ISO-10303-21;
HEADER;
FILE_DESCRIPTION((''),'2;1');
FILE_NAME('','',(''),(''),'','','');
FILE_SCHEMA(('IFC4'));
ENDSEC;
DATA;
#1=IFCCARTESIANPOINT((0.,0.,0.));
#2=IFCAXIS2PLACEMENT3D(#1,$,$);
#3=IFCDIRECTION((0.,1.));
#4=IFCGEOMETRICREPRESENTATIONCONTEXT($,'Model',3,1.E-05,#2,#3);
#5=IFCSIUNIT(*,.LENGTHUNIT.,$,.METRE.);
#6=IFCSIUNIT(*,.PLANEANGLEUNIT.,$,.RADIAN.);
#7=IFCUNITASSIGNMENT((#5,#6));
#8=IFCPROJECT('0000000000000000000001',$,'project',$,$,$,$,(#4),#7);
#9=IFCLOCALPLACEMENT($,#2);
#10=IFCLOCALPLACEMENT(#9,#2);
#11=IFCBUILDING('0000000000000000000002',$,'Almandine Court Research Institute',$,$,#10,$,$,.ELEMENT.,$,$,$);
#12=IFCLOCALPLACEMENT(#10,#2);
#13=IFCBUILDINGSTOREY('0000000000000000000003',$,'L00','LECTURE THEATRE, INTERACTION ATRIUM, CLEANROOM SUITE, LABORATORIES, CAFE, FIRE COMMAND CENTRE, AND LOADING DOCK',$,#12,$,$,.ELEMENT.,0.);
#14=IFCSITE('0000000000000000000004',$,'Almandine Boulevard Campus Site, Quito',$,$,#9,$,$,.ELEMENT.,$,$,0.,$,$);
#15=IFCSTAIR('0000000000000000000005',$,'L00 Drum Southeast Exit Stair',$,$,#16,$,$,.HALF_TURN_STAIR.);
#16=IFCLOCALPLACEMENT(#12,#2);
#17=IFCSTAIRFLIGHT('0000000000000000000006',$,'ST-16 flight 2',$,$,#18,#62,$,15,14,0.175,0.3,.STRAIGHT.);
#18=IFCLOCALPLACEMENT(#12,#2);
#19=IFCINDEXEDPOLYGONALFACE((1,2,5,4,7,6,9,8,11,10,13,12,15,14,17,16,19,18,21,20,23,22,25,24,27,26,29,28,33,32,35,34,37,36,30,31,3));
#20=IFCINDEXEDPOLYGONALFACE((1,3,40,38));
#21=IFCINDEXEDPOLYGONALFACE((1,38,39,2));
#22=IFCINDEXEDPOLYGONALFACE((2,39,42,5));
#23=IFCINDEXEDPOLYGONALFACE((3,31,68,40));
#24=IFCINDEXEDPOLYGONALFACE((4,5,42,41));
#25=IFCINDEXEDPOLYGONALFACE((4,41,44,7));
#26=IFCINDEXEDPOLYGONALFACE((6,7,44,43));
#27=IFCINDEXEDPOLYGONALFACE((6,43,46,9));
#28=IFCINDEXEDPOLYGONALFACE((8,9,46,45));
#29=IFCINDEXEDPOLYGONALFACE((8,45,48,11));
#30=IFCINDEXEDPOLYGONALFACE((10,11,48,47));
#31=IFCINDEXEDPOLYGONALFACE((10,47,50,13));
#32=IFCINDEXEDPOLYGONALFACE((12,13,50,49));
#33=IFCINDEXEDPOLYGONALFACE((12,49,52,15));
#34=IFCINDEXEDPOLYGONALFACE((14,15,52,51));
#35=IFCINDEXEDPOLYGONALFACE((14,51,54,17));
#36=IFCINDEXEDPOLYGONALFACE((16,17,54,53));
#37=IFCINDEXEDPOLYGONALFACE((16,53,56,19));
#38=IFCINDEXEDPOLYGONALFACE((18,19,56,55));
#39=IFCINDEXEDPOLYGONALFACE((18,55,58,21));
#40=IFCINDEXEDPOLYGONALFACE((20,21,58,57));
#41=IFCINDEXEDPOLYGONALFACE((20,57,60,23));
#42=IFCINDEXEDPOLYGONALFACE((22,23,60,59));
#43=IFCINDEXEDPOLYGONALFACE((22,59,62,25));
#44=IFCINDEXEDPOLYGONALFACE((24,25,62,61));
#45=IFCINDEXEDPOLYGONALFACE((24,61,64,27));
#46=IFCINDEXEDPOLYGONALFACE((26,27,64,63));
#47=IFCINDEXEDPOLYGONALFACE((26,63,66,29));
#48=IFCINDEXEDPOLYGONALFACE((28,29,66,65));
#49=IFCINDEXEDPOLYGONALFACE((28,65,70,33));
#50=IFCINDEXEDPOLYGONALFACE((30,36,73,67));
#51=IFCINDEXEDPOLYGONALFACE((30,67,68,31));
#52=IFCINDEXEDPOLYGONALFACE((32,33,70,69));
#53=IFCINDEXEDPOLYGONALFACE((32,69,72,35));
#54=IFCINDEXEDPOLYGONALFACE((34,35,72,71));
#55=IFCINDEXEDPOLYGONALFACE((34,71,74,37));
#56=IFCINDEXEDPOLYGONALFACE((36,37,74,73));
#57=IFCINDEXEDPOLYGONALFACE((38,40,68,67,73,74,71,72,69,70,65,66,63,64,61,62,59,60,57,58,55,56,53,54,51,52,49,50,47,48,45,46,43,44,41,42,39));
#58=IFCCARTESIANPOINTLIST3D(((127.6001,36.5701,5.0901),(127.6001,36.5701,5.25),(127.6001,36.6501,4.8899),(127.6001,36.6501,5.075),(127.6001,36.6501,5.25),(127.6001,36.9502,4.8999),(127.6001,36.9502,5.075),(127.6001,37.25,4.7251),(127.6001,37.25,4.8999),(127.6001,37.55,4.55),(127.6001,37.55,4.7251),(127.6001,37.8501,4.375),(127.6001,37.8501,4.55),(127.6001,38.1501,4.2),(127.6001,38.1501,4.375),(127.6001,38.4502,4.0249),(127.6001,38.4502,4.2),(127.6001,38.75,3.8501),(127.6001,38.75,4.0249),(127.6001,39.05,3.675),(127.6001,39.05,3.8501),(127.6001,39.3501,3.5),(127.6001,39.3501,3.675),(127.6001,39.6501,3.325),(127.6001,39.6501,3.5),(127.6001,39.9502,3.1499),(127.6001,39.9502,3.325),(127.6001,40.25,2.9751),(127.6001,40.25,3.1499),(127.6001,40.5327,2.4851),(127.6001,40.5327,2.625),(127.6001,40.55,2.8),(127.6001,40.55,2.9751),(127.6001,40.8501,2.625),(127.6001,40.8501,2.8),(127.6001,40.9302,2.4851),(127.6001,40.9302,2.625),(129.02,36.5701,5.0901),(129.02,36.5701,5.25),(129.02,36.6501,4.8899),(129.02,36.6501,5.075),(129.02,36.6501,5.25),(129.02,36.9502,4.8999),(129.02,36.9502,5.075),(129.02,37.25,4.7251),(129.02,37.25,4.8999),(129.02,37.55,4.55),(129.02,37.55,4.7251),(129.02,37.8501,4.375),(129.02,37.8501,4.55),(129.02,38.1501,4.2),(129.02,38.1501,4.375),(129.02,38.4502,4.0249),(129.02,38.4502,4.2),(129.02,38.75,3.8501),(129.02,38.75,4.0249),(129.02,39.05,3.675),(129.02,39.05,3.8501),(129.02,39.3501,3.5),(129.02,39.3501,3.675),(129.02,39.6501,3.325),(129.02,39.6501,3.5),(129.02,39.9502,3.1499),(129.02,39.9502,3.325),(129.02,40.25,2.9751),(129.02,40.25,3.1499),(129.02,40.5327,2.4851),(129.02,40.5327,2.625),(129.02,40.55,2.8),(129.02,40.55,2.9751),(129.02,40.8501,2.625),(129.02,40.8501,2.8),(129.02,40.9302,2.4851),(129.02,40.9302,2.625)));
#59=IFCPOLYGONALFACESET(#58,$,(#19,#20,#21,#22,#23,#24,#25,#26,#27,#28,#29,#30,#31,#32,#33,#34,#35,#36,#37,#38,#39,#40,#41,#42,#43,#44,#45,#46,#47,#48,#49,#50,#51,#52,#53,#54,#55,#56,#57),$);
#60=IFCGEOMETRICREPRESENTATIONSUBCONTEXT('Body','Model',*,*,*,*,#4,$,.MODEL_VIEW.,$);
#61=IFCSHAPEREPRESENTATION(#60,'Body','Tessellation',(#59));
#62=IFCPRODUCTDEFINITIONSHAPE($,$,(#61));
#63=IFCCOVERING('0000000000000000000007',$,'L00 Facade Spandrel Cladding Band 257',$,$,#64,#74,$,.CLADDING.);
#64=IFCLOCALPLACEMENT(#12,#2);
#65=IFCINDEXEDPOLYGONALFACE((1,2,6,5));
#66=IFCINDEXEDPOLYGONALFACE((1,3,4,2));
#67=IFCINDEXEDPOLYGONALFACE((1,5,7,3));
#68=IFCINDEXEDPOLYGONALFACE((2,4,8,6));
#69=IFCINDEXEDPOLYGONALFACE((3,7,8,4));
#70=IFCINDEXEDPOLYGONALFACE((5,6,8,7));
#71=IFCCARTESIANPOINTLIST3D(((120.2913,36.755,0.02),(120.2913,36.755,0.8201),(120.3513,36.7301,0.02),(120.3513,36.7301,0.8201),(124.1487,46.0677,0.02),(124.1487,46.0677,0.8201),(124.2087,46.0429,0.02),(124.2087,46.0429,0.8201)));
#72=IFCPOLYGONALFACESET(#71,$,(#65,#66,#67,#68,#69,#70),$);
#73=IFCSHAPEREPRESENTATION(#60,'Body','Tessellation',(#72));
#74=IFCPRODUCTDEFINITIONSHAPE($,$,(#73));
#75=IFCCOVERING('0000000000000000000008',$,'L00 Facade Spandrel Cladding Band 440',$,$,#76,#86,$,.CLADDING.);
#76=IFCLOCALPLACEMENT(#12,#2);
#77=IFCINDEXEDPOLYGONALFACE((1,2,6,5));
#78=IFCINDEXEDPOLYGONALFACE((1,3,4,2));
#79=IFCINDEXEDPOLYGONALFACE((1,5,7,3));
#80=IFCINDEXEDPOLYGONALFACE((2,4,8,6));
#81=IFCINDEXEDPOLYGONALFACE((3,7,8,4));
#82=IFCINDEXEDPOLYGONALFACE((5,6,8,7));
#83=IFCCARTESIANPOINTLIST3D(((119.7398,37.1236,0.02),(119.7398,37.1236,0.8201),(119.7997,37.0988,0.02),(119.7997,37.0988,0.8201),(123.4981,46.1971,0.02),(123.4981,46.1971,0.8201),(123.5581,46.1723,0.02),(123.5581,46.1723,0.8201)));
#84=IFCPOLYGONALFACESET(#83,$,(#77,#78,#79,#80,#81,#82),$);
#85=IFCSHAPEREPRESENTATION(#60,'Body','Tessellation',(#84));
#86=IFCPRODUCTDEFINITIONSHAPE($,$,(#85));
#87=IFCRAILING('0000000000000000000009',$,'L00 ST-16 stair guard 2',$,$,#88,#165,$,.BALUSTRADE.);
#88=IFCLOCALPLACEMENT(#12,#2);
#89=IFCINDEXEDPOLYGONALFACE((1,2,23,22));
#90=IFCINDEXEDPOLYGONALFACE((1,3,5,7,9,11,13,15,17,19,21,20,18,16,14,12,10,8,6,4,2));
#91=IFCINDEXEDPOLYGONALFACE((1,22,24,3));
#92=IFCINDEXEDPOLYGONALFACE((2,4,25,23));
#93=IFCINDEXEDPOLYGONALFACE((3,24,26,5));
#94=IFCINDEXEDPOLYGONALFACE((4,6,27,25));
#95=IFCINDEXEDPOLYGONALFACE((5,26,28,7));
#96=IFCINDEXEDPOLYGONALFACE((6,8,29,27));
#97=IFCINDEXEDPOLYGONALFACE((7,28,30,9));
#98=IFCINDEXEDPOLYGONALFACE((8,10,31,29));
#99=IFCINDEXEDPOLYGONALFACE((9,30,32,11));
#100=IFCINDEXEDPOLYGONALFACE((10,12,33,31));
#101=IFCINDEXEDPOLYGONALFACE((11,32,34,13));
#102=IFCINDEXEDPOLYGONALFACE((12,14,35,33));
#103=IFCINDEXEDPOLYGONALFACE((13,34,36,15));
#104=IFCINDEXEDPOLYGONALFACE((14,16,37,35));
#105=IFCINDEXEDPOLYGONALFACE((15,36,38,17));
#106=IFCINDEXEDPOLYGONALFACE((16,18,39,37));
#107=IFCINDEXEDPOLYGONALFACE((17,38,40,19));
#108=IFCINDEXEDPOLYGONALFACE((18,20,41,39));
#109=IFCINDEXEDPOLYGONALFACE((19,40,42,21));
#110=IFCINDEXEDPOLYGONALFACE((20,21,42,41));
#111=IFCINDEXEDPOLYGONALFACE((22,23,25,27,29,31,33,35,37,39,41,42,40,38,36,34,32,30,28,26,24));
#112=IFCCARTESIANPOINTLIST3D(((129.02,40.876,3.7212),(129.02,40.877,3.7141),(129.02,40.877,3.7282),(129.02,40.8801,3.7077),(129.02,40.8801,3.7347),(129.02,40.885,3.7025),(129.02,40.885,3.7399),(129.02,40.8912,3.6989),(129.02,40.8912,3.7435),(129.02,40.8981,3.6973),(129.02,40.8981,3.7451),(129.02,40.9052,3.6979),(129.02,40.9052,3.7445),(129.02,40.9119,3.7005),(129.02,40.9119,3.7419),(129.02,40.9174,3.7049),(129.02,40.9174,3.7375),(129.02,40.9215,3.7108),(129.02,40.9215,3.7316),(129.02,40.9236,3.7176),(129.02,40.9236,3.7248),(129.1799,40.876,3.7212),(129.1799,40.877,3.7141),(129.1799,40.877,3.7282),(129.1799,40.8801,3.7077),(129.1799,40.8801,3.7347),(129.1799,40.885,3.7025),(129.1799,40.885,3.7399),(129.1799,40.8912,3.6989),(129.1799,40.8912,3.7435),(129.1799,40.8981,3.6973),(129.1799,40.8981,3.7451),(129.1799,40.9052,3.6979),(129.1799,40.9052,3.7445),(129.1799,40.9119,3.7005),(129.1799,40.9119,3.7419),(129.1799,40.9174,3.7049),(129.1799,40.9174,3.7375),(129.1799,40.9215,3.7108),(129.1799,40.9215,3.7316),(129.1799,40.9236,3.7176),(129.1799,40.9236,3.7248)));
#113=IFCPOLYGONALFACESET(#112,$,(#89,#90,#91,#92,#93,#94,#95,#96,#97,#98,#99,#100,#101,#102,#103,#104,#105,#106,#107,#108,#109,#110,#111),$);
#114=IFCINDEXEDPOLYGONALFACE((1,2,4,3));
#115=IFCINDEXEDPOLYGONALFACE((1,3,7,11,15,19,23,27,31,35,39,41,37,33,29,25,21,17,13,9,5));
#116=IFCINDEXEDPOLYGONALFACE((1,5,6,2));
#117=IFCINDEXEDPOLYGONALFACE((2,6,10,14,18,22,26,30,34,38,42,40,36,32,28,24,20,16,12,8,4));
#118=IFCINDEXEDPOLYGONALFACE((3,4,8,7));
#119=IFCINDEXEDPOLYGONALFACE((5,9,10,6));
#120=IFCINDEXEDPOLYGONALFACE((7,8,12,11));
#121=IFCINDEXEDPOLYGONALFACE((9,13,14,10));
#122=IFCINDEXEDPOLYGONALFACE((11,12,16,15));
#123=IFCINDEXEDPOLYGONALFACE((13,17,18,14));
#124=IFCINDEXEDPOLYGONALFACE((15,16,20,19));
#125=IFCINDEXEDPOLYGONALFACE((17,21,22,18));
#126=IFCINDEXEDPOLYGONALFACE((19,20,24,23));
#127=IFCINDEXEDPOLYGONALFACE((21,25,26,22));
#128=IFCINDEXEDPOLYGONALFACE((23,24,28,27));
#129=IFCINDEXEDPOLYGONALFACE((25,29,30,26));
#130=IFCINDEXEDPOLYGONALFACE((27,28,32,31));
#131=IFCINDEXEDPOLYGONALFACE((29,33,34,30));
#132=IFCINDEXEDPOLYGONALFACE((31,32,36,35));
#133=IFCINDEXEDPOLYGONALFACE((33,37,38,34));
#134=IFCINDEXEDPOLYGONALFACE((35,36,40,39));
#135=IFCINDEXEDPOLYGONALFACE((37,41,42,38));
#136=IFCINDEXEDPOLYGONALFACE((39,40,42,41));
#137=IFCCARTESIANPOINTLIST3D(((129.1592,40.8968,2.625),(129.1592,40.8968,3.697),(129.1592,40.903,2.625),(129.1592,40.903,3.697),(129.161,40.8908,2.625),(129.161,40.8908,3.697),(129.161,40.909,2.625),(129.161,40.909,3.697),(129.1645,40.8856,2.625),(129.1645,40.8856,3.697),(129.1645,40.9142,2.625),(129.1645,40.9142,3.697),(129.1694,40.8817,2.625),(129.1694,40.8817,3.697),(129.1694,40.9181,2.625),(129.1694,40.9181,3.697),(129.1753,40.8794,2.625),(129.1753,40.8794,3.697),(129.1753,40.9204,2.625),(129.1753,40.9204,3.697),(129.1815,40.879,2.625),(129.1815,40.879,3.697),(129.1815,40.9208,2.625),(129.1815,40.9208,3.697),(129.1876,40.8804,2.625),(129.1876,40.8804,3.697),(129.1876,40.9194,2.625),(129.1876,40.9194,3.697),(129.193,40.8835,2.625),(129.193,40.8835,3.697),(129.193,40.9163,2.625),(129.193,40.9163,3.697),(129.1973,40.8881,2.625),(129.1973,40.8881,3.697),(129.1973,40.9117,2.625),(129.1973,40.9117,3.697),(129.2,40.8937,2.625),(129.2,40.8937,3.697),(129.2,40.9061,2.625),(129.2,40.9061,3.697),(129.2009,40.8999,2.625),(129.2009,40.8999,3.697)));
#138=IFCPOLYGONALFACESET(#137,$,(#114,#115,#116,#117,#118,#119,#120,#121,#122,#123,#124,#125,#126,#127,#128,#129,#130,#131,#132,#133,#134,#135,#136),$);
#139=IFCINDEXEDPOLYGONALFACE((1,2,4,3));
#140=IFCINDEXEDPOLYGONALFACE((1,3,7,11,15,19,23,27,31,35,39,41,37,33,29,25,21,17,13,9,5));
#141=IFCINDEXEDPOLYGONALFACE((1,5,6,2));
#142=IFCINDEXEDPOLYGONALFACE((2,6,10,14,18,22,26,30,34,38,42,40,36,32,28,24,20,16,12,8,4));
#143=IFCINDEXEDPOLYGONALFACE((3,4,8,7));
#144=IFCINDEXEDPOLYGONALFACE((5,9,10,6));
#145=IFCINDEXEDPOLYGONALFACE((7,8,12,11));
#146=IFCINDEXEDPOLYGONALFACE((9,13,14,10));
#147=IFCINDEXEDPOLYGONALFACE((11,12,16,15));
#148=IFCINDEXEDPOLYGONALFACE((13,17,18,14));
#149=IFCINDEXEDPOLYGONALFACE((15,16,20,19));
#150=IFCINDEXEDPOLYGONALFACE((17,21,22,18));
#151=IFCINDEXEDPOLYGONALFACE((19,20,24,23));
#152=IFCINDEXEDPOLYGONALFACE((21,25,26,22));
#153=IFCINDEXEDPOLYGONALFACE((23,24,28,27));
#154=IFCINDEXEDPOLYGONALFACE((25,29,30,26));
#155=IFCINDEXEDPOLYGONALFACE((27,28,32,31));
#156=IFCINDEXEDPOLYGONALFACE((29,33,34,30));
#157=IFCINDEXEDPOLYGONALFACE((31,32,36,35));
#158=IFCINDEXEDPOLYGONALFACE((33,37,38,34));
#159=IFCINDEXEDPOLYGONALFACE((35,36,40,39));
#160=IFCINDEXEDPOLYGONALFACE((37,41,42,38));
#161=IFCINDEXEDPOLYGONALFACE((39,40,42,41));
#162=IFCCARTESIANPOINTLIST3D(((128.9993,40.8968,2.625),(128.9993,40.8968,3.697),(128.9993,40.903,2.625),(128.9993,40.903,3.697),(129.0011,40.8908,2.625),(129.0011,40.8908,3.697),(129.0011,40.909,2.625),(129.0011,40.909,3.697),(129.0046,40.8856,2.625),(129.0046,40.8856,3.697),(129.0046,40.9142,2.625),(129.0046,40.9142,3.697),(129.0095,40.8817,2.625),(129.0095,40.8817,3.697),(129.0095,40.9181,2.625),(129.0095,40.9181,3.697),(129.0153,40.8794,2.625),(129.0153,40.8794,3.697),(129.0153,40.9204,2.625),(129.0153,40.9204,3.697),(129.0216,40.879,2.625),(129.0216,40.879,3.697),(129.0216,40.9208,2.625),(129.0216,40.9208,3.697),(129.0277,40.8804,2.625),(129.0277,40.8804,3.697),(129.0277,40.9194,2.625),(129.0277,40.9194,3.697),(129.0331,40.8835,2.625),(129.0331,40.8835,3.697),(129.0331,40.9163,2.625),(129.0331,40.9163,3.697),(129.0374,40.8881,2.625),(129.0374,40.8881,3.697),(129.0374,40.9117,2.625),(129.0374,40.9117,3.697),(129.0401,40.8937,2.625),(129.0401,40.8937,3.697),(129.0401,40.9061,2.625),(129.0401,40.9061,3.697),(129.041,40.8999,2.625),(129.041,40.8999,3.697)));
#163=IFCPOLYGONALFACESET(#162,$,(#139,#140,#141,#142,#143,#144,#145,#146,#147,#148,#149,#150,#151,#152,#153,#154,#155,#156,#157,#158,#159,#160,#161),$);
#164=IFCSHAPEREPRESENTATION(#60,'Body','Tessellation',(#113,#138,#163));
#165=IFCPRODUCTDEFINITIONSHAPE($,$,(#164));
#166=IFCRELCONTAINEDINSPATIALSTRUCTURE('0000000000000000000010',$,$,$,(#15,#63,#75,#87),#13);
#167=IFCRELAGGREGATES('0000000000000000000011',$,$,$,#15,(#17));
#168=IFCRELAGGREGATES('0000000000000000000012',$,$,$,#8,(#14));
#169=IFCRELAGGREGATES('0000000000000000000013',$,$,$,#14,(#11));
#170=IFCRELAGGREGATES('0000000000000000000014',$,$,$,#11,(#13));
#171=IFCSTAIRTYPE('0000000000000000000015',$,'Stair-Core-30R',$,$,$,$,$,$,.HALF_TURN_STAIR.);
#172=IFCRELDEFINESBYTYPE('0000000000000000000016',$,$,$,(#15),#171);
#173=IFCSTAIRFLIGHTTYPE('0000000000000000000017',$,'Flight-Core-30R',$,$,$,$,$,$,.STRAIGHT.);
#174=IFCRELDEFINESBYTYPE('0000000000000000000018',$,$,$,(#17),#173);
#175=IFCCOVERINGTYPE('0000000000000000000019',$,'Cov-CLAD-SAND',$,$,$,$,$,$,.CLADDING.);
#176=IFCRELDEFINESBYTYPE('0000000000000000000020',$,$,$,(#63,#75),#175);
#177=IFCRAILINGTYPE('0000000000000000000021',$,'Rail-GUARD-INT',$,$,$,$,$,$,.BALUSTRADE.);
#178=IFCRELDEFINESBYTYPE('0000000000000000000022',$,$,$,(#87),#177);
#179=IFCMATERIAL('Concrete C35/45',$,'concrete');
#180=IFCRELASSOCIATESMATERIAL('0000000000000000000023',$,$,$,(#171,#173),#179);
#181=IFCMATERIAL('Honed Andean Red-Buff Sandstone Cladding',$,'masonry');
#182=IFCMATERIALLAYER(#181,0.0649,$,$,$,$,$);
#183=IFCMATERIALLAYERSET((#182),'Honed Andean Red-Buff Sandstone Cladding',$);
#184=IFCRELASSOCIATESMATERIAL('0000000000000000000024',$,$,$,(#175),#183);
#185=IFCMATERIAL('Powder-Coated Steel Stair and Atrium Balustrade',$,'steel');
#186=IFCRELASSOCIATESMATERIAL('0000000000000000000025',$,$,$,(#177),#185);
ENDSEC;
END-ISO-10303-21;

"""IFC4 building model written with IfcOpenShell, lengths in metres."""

from ifc_helpers import new_model, si_unit, direction, frame, origin, origin_2d, place, context, subcontext, project, spatial, polyline, rectangle, circle, outline, extrude, material, layer, layer_set, type_object, element, aggregate, save


model = new_model("IFC4")

# Units and contexts
model_context = context("Model", 3, precision=1e-05, world=origin(), true_north=direction((0.0, 1.0)))
body_context = subcontext(model_context, "Body", "Model", "MODEL_VIEW")
ifc_project = project(units=[si_unit("LENGTHUNIT", "METRE"), si_unit("PLANEANGLEUNIT", "RADIAN")], contexts=[model_context])

# Site, building, storey
site_placement = place(None, origin())
site = spatial("IfcSite", under=ifc_project, at=site_placement, Name="Almandine Boulevard Campus Site, Quito", CompositionType="ELEMENT", RefElevation=0.0)
building_placement = place(site_placement, origin())
building = spatial("IfcBuilding", under=site, at=building_placement, Name="Almandine Court Research Institute", CompositionType="ELEMENT")
storey_placement = place(building_placement, origin())
storey = spatial("IfcBuildingStorey", under=building, at=storey_placement, Name="L00", Description="LECTURE THEATRE, INTERACTION ATRIUM, CLEANROOM SUITE, LABORATORIES, CAFE, FIRE COMMAND CENTRE, AND LOADING DOCK", CompositionType="ELEMENT", Elevation=0.0)

# Stair, stair flight
ifc_material_1 = material(Name="Concrete C35/45", Category="concrete")
stair_type = type_object("IfcStairType", Name="Stair-Core-30R", PredefinedType="HALF_TURN_STAIR", material=ifc_material_1)
stair_placement = place(storey_placement, origin())
stair = element("IfcStair", 1, at=stair_placement, inside=storey, type_object=stair_type, Name="L00 Drum Southeast Exit Stair", PredefinedType="HALF_TURN_STAIR")
stair_flight_type = type_object("IfcStairFlightType", Name="Flight-Core-30R", PredefinedType="STRAIGHT", material=ifc_material_1)
stair_flight_placement = place(storey_placement, frame((128.3101, 40.8501, 2.625), z_axis=(0.0, 0.0, 1.0), x_axis=(0.0, -1.0, 0.0)))
stair_flight = element("IfcStairFlight", 2, at=stair_flight_placement, type_object=stair_flight_type, Name="ST-16 flight 2", NumberOfRisers=15, NumberOfTreads=14, PredefinedType="STRAIGHT", RiserHeight=0.175, TreadLength=0.3, context=body_context, shape_type="SweptSolid", body=[
    extrude(outline(polyline([(-0.0801, -0.1399), (-0.0801, 0.0), (0.0, 0.0), (0.0, 0.175), (0.3, 0.175), (0.3, 0.3501), (0.6001, 0.3501), (0.6001, 0.5249), (0.8999, 0.5249), (0.8999, 0.7), (1.2, 0.7), (1.2, 0.875), (1.5, 0.875), (1.5, 1.05), (1.8, 1.05), (1.8, 1.2251), (2.1001, 1.2251), (2.1001, 1.3999), (2.3999, 1.3999), (2.3999, 1.575), (2.7, 1.575), (2.7, 1.75), (3.0, 1.75), (3.0, 1.925), (3.3, 1.925), (3.3, 2.1001), (3.6001, 2.1001), (3.6001, 2.2749), (3.8999, 2.2749), (3.8999, 2.45), (4.2, 2.45), (4.2, 2.625), (4.28, 2.625), (4.28, 2.4651), (4.2, 2.2649), (0.3174, 0.0), (0.3174, -0.1399), (-0.0801, -0.1399)])), frame((0.0, 0.71, 0.0), z_axis=(0.0, -1.0, 0.0), x_axis=(1.0, 0.0, 0.0)), (0.0, 0.0, 1.0), 1.4199),
])
aggregate(stair, [stair_flight])

# Coverings
ifc_material_2 = material(Name="Honed Andean Red-Buff Sandstone Cladding", Category="masonry")
ifc_layer_1 = layer(ifc_material_2, 0.0649)
ifc_layer_set_1 = layer_set([ifc_layer_1], Name="Honed Andean Red-Buff Sandstone Cladding")
covering_type = type_object("IfcCoveringType", Name="Cov-CLAD-SAND", PredefinedType="CLADDING", material=ifc_layer_set_1)
covering_1_placement = place(storey_placement, frame((122.25, 41.3989, 0.02), z_axis=(0.0, 0.0, 1.0), x_axis=(0.382683, 0.92388, 0.0)))
element("IfcCovering", 3, at=covering_1_placement, inside=storey, type_object=covering_type, Name="L00 Facade Spandrel Cladding Band 257", PredefinedType="CLADDING", context=body_context, shape_type="SweptSolid", body=[
    extrude(rectangle(XDim=10.0801, YDim=0.0649, at=origin_2d()), origin(), (0.0, 0.0, 1.0), 0.8),
])
covering_2_placement = place(storey_placement, frame((121.6489, 41.6479, 0.02), z_axis=(0.0, 0.0, 1.0), x_axis=(-0.382683, -0.92388, 0.0)))
element("IfcCovering", 4, at=covering_2_placement, inside=storey, type_object=covering_type, Name="L00 Facade Spandrel Cladding Band 440", PredefinedType="CLADDING", context=body_context, shape_type="SweptSolid", body=[
    extrude(rectangle(XDim=9.821, YDim=0.0649, at=origin_2d()), origin(), (0.0, 0.0, 1.0), 0.8),
])

# Railing
ifc_material_3 = material(Name="Powder-Coated Steel Stair and Atrium Balustrade", Category="steel")
railing_type_1 = type_object("IfcRailingType", Name="Rail-GUARD-INT", PredefinedType="BALUSTRADE", material=ifc_material_3)
railing_1_placement = place(storey_placement, frame((129.1799, 40.8999, 2.625)))
element("IfcRailing", 5, at=railing_1_placement, inside=storey, type_object=railing_type_1, Name="L00 ST-16 stair guard 2", PredefinedType="BALUSTRADE", context=body_context, shape_type="SweptSolid", body=[
    extrude(circle(Radius=0.0239, at=origin_2d()), frame((0.0, 0.0, 1.0962), z_axis=(-1.0, 0.0, 0.0), x_axis=(0.0, -1.0, 0.0)), (0.0, 0.0, 1.0), 0.1599),
    extrude(circle(Radius=0.021, at=origin_2d()), origin(), (0.0, 0.0, 1.0), 1.072),
    extrude(circle(Radius=0.021, at=origin_2d()), frame((-0.1599, 0.0, 0.0)), (0.0, 0.0, 1.0), 1.072),
])

save(model, "model.ifc")
